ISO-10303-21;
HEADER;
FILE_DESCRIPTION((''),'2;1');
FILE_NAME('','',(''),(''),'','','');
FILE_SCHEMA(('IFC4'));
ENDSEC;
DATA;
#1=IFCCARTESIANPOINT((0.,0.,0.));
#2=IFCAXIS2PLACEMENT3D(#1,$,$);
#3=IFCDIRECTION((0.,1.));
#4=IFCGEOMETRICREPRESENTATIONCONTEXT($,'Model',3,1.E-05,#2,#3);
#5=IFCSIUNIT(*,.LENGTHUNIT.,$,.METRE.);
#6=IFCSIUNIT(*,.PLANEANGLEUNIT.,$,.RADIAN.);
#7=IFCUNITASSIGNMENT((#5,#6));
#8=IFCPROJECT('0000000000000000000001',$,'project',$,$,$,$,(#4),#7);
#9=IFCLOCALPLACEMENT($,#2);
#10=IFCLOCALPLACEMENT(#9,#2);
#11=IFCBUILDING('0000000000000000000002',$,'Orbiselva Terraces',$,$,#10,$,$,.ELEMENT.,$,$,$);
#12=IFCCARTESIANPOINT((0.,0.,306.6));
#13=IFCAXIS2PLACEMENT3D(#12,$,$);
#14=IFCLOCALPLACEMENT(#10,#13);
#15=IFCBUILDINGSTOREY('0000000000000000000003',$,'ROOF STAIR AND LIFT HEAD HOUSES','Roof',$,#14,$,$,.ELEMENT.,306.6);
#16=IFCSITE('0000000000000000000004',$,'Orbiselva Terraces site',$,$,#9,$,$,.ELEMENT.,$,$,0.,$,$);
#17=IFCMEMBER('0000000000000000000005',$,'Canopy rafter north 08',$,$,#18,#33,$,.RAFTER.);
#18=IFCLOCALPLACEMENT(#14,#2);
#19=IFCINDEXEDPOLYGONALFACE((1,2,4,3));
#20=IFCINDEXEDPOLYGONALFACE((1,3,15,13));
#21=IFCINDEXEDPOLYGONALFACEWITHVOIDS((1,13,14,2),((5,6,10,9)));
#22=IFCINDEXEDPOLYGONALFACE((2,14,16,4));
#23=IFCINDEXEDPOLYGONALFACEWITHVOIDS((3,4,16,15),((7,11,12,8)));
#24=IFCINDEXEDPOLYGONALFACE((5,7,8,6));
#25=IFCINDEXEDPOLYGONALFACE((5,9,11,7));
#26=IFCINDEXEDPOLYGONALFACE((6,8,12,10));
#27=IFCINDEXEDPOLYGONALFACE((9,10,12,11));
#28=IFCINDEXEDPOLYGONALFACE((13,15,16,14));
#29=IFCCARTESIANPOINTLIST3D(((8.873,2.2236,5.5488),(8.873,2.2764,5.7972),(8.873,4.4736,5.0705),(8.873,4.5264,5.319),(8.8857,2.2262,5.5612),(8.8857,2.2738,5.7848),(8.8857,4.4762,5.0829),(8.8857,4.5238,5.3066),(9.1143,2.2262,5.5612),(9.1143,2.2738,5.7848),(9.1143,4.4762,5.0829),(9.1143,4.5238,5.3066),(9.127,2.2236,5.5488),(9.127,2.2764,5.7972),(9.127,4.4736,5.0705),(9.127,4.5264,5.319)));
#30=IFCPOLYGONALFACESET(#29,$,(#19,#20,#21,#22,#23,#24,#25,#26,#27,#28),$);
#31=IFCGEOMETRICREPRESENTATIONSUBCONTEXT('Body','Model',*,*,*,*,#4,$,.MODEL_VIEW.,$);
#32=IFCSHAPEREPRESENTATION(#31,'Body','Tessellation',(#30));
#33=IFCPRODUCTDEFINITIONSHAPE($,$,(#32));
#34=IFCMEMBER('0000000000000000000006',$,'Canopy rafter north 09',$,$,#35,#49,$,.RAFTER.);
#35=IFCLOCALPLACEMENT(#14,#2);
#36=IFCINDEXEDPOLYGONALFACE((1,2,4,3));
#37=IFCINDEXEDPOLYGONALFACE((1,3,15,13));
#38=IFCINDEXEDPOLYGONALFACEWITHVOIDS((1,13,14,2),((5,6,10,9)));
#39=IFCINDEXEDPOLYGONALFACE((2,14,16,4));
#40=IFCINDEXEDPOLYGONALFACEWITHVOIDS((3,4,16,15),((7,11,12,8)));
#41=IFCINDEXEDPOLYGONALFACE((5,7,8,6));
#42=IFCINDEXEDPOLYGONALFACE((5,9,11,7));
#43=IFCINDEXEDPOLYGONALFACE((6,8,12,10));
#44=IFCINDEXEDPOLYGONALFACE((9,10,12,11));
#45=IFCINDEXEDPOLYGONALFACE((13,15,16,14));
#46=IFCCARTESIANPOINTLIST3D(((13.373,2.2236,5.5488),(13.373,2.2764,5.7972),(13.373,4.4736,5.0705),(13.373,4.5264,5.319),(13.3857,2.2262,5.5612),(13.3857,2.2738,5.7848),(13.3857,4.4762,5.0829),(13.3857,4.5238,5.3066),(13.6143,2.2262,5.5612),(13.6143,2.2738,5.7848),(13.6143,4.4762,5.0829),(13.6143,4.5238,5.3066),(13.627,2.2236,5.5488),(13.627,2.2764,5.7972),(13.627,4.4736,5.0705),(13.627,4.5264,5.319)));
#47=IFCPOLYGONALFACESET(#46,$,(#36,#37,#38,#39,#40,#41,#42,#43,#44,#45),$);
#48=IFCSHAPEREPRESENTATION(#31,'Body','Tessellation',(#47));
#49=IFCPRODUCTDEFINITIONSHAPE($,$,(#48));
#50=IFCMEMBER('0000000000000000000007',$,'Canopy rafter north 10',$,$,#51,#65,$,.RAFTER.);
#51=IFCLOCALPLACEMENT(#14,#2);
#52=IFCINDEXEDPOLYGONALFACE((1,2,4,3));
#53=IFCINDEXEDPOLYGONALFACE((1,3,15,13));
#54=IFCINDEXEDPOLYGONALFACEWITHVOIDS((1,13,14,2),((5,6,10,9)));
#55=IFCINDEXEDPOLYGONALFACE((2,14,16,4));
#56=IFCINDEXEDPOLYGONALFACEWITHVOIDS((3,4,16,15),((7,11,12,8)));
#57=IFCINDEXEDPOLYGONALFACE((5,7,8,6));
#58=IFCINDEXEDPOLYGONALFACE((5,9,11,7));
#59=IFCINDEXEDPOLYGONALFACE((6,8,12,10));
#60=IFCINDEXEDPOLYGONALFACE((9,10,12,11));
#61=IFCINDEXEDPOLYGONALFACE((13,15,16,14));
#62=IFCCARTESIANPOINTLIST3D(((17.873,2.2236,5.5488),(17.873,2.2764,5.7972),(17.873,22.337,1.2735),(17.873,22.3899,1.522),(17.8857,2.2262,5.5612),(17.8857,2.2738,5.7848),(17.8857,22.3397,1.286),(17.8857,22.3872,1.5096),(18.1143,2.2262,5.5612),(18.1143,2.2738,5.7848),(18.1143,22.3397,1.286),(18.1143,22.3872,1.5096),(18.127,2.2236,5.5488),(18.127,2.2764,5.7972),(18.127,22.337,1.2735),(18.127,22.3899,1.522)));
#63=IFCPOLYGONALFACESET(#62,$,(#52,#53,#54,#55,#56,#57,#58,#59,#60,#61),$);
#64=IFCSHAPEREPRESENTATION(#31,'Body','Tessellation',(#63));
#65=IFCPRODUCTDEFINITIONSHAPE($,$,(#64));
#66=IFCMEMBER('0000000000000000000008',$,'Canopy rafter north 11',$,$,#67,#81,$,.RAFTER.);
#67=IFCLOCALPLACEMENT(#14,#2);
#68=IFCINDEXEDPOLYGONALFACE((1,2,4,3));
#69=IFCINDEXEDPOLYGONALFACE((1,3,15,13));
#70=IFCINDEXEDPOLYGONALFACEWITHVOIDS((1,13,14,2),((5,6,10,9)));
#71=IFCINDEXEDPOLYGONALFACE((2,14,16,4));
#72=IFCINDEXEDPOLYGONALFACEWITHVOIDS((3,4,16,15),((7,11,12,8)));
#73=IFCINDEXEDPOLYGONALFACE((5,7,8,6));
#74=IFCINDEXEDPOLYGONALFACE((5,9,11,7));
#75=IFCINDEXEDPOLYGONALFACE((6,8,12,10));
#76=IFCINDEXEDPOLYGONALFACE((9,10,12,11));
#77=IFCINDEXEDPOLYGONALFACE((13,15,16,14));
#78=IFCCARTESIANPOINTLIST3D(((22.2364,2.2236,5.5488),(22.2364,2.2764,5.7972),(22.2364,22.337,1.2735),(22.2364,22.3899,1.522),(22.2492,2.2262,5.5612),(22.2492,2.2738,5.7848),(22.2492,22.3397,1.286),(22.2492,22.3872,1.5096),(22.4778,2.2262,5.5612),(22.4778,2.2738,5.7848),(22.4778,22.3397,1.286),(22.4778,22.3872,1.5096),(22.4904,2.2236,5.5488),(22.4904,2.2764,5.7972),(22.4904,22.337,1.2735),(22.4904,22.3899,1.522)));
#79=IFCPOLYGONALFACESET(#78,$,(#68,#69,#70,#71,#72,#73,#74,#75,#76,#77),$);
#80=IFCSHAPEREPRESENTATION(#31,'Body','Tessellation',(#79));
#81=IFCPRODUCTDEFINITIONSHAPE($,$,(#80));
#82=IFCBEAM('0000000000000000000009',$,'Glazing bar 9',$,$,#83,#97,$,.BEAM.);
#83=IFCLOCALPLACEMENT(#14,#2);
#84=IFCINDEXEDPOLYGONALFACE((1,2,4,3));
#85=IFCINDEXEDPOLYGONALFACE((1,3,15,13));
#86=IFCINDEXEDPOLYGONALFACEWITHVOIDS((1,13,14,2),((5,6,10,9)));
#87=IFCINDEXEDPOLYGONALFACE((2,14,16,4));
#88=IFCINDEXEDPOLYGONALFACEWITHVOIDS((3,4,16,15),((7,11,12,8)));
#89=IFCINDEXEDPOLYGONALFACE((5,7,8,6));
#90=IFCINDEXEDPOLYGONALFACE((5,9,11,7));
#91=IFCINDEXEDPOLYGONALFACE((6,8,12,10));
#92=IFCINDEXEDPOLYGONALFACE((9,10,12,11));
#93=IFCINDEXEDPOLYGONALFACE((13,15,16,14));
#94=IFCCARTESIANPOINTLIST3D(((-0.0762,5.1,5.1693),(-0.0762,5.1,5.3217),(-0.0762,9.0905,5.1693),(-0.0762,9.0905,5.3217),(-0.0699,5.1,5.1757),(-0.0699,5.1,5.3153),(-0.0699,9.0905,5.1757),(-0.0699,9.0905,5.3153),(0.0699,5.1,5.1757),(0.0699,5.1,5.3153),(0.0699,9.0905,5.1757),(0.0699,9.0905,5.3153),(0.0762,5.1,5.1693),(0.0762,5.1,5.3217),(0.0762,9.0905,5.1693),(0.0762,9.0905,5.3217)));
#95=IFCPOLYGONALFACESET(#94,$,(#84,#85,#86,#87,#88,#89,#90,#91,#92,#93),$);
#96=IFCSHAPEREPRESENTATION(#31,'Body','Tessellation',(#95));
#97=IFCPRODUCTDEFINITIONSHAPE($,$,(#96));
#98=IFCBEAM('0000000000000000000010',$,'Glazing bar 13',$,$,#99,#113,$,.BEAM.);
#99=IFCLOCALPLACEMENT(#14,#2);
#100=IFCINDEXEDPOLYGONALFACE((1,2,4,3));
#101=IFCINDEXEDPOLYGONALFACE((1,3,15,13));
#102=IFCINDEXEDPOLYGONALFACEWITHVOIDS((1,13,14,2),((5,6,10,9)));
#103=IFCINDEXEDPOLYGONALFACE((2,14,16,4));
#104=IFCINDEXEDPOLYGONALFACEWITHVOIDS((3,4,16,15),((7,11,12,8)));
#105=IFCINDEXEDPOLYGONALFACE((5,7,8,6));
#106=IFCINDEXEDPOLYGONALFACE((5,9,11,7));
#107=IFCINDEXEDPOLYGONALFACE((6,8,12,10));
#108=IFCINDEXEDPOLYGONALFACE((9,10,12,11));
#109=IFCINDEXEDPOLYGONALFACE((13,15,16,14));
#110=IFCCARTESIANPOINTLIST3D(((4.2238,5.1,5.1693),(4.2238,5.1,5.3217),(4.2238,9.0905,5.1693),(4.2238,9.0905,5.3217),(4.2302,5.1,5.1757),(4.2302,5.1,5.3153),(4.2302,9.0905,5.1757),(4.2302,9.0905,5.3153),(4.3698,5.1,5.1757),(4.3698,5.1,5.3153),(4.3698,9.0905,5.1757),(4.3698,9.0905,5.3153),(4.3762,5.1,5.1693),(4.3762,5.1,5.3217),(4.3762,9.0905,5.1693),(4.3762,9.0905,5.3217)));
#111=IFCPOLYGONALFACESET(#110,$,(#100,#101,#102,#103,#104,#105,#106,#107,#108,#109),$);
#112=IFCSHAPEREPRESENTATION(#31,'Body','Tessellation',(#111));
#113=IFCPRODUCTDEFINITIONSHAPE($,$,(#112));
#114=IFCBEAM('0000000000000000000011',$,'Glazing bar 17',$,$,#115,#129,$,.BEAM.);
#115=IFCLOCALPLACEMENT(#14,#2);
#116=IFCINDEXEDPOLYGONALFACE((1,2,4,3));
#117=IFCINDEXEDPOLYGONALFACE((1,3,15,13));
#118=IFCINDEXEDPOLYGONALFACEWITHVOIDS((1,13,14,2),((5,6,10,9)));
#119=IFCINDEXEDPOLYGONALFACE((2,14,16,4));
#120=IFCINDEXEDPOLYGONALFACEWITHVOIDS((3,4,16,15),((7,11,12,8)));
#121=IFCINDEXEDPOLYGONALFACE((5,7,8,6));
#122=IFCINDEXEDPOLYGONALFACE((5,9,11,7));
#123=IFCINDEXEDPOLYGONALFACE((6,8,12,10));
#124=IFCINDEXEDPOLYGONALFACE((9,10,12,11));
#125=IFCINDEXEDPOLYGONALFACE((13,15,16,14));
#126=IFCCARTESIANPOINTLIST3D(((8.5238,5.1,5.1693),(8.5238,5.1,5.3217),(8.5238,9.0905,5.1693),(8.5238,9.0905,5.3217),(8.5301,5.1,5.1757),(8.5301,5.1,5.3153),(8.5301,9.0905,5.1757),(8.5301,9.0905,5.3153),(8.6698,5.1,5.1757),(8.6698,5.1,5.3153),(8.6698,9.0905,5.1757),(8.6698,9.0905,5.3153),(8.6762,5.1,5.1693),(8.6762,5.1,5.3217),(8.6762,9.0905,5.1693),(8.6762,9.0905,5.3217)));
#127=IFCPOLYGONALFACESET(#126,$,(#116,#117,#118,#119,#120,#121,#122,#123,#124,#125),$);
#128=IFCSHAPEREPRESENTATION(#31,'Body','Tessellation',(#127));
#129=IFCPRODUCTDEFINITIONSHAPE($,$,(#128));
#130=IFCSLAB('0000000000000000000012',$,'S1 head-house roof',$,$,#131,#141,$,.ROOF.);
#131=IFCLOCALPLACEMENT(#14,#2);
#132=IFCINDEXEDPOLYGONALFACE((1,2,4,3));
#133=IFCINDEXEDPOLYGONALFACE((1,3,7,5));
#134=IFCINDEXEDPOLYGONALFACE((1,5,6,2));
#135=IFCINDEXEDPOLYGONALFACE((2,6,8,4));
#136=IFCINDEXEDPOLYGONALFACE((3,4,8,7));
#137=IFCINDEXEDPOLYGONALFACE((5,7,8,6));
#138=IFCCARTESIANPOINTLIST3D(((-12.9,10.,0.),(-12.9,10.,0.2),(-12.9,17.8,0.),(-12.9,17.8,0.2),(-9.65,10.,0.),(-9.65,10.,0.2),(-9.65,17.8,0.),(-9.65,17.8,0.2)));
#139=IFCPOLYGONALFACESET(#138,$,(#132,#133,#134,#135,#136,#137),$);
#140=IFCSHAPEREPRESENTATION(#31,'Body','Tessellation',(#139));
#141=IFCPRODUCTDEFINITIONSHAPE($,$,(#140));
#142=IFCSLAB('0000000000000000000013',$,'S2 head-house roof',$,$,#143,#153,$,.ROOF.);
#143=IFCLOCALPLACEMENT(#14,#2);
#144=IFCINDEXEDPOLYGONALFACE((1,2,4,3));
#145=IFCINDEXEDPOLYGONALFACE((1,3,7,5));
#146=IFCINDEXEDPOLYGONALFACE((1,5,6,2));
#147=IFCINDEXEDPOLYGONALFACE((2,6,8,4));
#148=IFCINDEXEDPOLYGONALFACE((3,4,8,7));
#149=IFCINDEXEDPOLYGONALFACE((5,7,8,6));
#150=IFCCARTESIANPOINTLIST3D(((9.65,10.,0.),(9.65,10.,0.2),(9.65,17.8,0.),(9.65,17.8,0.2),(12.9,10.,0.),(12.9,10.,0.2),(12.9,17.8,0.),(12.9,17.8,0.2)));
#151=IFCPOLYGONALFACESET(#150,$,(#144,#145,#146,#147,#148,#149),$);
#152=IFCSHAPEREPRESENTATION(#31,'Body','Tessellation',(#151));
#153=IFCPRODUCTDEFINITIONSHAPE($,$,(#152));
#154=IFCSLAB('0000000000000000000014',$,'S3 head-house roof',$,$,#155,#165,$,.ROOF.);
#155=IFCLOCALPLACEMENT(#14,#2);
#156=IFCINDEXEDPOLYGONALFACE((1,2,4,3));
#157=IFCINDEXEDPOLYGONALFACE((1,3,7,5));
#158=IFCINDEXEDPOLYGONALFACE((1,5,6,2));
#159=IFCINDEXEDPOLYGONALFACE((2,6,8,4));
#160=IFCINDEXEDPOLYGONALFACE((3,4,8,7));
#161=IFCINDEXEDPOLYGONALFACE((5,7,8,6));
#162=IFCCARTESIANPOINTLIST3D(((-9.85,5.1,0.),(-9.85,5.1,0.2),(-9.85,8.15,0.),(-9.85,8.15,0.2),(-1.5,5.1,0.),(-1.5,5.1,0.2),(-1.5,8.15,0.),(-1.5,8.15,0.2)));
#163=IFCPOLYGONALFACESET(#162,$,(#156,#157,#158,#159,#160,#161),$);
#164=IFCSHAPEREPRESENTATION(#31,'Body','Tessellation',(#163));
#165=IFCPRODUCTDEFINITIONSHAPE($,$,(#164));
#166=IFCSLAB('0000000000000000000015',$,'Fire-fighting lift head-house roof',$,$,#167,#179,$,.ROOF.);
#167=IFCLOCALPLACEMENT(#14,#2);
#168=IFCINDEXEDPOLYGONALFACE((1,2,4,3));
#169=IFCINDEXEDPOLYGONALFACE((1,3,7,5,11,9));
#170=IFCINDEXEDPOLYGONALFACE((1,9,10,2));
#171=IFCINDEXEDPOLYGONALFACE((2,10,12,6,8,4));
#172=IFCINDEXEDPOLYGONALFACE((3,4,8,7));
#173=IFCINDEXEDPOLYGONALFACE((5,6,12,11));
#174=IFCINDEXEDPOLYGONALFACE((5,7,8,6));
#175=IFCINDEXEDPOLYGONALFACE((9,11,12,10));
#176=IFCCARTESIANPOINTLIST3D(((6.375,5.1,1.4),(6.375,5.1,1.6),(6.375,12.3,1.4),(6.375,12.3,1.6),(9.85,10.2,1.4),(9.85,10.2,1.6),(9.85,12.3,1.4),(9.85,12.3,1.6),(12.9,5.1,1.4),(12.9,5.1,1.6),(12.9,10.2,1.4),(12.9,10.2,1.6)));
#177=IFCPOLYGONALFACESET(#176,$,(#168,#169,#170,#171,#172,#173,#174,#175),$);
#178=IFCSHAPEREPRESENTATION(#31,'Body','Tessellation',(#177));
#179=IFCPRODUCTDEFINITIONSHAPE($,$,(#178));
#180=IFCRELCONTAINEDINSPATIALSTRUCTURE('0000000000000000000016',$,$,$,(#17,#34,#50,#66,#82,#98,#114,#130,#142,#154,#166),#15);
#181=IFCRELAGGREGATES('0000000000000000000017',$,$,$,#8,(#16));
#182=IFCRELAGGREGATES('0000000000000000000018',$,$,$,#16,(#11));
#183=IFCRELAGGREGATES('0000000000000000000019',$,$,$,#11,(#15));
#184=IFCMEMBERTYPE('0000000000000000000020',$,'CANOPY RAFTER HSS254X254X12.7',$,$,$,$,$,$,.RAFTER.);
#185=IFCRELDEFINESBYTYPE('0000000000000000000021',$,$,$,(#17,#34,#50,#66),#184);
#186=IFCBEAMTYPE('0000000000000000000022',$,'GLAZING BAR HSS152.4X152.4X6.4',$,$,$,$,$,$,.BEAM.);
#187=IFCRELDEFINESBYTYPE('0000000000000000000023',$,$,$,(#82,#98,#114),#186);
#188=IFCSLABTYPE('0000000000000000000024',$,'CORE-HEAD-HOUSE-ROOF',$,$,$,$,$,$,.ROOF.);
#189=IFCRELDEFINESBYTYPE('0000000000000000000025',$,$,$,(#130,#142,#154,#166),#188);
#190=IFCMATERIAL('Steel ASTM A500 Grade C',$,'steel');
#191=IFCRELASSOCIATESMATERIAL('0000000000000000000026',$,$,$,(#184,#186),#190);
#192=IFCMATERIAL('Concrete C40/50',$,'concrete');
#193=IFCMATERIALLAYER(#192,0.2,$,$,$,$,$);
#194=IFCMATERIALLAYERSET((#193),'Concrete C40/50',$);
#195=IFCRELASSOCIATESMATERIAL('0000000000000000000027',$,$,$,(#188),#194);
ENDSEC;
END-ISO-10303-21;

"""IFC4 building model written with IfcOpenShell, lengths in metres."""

from ifc_helpers import new_model, si_unit, direction, frame, origin, origin_2d, place, context, subcontext, project, spatial, polyline, hollow_rectangle, outline, extrude, material, layer, layer_set, material_profile, profile_set, type_object, element, save


model = new_model("IFC4")

# Units and contexts
model_context = context("Model", 3, precision=1e-05, world=origin(), true_north=direction((0.0, 1.0)))
body_context = subcontext(model_context, "Body", "Model", "MODEL_VIEW")
ifc_project = project(units=[si_unit("LENGTHUNIT", "METRE"), si_unit("PLANEANGLEUNIT", "RADIAN")], contexts=[model_context])

# Site, building, storey
site_placement = place(None, origin())
site = spatial("IfcSite", under=ifc_project, at=site_placement, Name="Orbiselva Terraces site", CompositionType="ELEMENT", RefElevation=0.0)
building_placement = place(site_placement, origin())
building = spatial("IfcBuilding", under=site, at=building_placement, Name="Orbiselva Terraces", CompositionType="ELEMENT")
storey_placement = place(building_placement, frame((0.0, 0.0, 306.6)))
storey = spatial("IfcBuildingStorey", under=building, at=storey_placement, Name="ROOF STAIR AND LIFT HEAD HOUSES", Description="Roof", CompositionType="ELEMENT", Elevation=306.6)

# Shared definitions
ifc_material_1 = material(Name="Steel ASTM A500 Grade C", Category="steel")

# Members
ifc_material_profile_1 = material_profile(ifc_material_1, hollow_rectangle(XDim=0.254, YDim=0.254, WallThickness=0.0127, at=origin_2d()), Name="HSS254X254X12.7")
ifc_profile_set_1 = profile_set([ifc_material_profile_1], Name="Steel ASTM A500 Grade C")
member_type_1 = type_object("IfcMemberType", Name="CANOPY RAFTER HSS254X254X12.7", PredefinedType="RAFTER", material=ifc_profile_set_1)
for number, where, z_axis, x_axis, name in (
    (1, (9.0, 2.25, 5.673), (0.0, 0.978148, -0.207912), (-1.0, 0.0, 0.0), "Canopy rafter north 08"),
    (2, (13.5, 2.25, 5.673), (0.0, 0.978148, -0.207912), (-1.0, 0.0, 0.0), "Canopy rafter north 09"),
):
    element("IfcMember", number, at=place(storey_placement, frame(where, z_axis=z_axis, x_axis=x_axis)), inside=storey, type_object=member_type_1, Name=name, PredefinedType="RAFTER", context=body_context, shape_type="SweptSolid", body=[
        extrude(hollow_rectangle(XDim=0.254, YDim=0.254, WallThickness=0.0127, at=origin_2d()), origin(), (0.0, 0.0, 1.0), 2.3003),
    ])
for number, where, z_axis, x_axis, name in (
    (3, (18.0, 2.25, 5.673), (0.0, 0.978148, -0.207912), (-1.0, 0.0, 0.0), "Canopy rafter north 10"),
    (4, (22.3635, 2.25, 5.673), (0.0, 0.978148, -0.207912), (-1.0, 0.0, 0.0), "Canopy rafter north 11"),
):
    element("IfcMember", number, at=place(storey_placement, frame(where, z_axis=z_axis, x_axis=x_axis)), inside=storey, type_object=member_type_1, Name=name, PredefinedType="RAFTER", context=body_context, shape_type="SweptSolid", body=[
        extrude(hollow_rectangle(XDim=0.254, YDim=0.254, WallThickness=0.0127, at=origin_2d()), origin(), (0.0, 0.0, 1.0), 20.5628),
    ])

# Beams
ifc_material_profile_2 = material_profile(ifc_material_1, hollow_rectangle(XDim=0.1524, YDim=0.1524, WallThickness=0.0063, at=origin_2d()), Name="HSS152.4X152.4X6.4")
ifc_profile_set_2 = profile_set([ifc_material_profile_2], Name="Steel ASTM A500 Grade C")
beam_type_1 = type_object("IfcBeamType", Name="GLAZING BAR HSS152.4X152.4X6.4", PredefinedType="BEAM", material=ifc_profile_set_2)
for number, where, z_axis, x_axis, name in (
    (5, (0.0, 5.1, 5.2455), (0.0, 1.0, 0.0), (-1.0, 0.0, 0.0), "Glazing bar 9"),
    (6, (4.3, 5.1, 5.2455), (0.0, 1.0, 0.0), (-1.0, 0.0, 0.0), "Glazing bar 13"),
    (7, (8.6, 5.1, 5.2455), (0.0, 1.0, 0.0), (-1.0, 0.0, 0.0), "Glazing bar 17"),
):
    element("IfcBeam", number, at=place(storey_placement, frame(where, z_axis=z_axis, x_axis=x_axis)), inside=storey, type_object=beam_type_1, Name=name, PredefinedType="BEAM", context=body_context, shape_type="SweptSolid", body=[
        extrude(hollow_rectangle(XDim=0.1524, YDim=0.1524, WallThickness=0.0063, at=origin_2d()), origin(), (0.0, 0.0, 1.0), 3.9905),
    ])

# Slabs
ifc_material_2 = material(Name="Concrete C40/50", Category="concrete")
ifc_layer = layer(ifc_material_2, 0.2)
ifc_layer_set = layer_set([ifc_layer], Name="Concrete C40/50")
slab_type = type_object("IfcSlabType", Name="CORE-HEAD-HOUSE-ROOF", PredefinedType="ROOF", material=ifc_layer_set)
slab_1_placement = place(storey_placement, origin())
element("IfcSlab", 8, at=slab_1_placement, inside=storey, type_object=slab_type, Name="S1 head-house roof", PredefinedType="ROOF", context=body_context, shape_type="SweptSolid", body=[
    extrude(outline(polyline([(-9.65, 17.8), (-9.65, 10.0), (-12.9, 10.0), (-12.9, 17.8), (-9.65, 17.8)])), origin(), (0.0, 0.0, 1.0), 0.2),
])
slab_2_placement = place(storey_placement, origin())
element("IfcSlab", 9, at=slab_2_placement, inside=storey, type_object=slab_type, Name="S2 head-house roof", PredefinedType="ROOF", context=body_context, shape_type="SweptSolid", body=[
    extrude(outline(polyline([(9.65, 10.0), (9.65, 17.8), (12.9, 17.8), (12.9, 10.0), (9.65, 10.0)])), origin(), (0.0, 0.0, 1.0), 0.2),
])
slab_3_placement = place(storey_placement, origin())
element("IfcSlab", 10, at=slab_3_placement, inside=storey, type_object=slab_type, Name="S3 head-house roof", PredefinedType="ROOF", context=body_context, shape_type="SweptSolid", body=[
    extrude(outline(polyline([(-9.85, 8.15), (-1.5, 8.15), (-1.5, 5.1), (-9.85, 5.1), (-9.85, 8.15)])), origin(), (0.0, 0.0, 1.0), 0.2),
])
slab_4_placement = place(storey_placement, frame((0.0, 0.0, 1.4)))
element("IfcSlab", 11, at=slab_4_placement, inside=storey, type_object=slab_type, Name="Fire-fighting lift head-house roof", PredefinedType="ROOF", context=body_context, shape_type="SweptSolid", body=[
    extrude(outline(polyline([(9.85, 12.3), (9.85, 10.2), (12.9, 10.2), (12.9, 5.1), (6.375, 5.1), (6.375, 12.3), (9.85, 12.3)])), origin(), (0.0, 0.0, 1.0), 0.2),
])

save(model, "model.ifc")
